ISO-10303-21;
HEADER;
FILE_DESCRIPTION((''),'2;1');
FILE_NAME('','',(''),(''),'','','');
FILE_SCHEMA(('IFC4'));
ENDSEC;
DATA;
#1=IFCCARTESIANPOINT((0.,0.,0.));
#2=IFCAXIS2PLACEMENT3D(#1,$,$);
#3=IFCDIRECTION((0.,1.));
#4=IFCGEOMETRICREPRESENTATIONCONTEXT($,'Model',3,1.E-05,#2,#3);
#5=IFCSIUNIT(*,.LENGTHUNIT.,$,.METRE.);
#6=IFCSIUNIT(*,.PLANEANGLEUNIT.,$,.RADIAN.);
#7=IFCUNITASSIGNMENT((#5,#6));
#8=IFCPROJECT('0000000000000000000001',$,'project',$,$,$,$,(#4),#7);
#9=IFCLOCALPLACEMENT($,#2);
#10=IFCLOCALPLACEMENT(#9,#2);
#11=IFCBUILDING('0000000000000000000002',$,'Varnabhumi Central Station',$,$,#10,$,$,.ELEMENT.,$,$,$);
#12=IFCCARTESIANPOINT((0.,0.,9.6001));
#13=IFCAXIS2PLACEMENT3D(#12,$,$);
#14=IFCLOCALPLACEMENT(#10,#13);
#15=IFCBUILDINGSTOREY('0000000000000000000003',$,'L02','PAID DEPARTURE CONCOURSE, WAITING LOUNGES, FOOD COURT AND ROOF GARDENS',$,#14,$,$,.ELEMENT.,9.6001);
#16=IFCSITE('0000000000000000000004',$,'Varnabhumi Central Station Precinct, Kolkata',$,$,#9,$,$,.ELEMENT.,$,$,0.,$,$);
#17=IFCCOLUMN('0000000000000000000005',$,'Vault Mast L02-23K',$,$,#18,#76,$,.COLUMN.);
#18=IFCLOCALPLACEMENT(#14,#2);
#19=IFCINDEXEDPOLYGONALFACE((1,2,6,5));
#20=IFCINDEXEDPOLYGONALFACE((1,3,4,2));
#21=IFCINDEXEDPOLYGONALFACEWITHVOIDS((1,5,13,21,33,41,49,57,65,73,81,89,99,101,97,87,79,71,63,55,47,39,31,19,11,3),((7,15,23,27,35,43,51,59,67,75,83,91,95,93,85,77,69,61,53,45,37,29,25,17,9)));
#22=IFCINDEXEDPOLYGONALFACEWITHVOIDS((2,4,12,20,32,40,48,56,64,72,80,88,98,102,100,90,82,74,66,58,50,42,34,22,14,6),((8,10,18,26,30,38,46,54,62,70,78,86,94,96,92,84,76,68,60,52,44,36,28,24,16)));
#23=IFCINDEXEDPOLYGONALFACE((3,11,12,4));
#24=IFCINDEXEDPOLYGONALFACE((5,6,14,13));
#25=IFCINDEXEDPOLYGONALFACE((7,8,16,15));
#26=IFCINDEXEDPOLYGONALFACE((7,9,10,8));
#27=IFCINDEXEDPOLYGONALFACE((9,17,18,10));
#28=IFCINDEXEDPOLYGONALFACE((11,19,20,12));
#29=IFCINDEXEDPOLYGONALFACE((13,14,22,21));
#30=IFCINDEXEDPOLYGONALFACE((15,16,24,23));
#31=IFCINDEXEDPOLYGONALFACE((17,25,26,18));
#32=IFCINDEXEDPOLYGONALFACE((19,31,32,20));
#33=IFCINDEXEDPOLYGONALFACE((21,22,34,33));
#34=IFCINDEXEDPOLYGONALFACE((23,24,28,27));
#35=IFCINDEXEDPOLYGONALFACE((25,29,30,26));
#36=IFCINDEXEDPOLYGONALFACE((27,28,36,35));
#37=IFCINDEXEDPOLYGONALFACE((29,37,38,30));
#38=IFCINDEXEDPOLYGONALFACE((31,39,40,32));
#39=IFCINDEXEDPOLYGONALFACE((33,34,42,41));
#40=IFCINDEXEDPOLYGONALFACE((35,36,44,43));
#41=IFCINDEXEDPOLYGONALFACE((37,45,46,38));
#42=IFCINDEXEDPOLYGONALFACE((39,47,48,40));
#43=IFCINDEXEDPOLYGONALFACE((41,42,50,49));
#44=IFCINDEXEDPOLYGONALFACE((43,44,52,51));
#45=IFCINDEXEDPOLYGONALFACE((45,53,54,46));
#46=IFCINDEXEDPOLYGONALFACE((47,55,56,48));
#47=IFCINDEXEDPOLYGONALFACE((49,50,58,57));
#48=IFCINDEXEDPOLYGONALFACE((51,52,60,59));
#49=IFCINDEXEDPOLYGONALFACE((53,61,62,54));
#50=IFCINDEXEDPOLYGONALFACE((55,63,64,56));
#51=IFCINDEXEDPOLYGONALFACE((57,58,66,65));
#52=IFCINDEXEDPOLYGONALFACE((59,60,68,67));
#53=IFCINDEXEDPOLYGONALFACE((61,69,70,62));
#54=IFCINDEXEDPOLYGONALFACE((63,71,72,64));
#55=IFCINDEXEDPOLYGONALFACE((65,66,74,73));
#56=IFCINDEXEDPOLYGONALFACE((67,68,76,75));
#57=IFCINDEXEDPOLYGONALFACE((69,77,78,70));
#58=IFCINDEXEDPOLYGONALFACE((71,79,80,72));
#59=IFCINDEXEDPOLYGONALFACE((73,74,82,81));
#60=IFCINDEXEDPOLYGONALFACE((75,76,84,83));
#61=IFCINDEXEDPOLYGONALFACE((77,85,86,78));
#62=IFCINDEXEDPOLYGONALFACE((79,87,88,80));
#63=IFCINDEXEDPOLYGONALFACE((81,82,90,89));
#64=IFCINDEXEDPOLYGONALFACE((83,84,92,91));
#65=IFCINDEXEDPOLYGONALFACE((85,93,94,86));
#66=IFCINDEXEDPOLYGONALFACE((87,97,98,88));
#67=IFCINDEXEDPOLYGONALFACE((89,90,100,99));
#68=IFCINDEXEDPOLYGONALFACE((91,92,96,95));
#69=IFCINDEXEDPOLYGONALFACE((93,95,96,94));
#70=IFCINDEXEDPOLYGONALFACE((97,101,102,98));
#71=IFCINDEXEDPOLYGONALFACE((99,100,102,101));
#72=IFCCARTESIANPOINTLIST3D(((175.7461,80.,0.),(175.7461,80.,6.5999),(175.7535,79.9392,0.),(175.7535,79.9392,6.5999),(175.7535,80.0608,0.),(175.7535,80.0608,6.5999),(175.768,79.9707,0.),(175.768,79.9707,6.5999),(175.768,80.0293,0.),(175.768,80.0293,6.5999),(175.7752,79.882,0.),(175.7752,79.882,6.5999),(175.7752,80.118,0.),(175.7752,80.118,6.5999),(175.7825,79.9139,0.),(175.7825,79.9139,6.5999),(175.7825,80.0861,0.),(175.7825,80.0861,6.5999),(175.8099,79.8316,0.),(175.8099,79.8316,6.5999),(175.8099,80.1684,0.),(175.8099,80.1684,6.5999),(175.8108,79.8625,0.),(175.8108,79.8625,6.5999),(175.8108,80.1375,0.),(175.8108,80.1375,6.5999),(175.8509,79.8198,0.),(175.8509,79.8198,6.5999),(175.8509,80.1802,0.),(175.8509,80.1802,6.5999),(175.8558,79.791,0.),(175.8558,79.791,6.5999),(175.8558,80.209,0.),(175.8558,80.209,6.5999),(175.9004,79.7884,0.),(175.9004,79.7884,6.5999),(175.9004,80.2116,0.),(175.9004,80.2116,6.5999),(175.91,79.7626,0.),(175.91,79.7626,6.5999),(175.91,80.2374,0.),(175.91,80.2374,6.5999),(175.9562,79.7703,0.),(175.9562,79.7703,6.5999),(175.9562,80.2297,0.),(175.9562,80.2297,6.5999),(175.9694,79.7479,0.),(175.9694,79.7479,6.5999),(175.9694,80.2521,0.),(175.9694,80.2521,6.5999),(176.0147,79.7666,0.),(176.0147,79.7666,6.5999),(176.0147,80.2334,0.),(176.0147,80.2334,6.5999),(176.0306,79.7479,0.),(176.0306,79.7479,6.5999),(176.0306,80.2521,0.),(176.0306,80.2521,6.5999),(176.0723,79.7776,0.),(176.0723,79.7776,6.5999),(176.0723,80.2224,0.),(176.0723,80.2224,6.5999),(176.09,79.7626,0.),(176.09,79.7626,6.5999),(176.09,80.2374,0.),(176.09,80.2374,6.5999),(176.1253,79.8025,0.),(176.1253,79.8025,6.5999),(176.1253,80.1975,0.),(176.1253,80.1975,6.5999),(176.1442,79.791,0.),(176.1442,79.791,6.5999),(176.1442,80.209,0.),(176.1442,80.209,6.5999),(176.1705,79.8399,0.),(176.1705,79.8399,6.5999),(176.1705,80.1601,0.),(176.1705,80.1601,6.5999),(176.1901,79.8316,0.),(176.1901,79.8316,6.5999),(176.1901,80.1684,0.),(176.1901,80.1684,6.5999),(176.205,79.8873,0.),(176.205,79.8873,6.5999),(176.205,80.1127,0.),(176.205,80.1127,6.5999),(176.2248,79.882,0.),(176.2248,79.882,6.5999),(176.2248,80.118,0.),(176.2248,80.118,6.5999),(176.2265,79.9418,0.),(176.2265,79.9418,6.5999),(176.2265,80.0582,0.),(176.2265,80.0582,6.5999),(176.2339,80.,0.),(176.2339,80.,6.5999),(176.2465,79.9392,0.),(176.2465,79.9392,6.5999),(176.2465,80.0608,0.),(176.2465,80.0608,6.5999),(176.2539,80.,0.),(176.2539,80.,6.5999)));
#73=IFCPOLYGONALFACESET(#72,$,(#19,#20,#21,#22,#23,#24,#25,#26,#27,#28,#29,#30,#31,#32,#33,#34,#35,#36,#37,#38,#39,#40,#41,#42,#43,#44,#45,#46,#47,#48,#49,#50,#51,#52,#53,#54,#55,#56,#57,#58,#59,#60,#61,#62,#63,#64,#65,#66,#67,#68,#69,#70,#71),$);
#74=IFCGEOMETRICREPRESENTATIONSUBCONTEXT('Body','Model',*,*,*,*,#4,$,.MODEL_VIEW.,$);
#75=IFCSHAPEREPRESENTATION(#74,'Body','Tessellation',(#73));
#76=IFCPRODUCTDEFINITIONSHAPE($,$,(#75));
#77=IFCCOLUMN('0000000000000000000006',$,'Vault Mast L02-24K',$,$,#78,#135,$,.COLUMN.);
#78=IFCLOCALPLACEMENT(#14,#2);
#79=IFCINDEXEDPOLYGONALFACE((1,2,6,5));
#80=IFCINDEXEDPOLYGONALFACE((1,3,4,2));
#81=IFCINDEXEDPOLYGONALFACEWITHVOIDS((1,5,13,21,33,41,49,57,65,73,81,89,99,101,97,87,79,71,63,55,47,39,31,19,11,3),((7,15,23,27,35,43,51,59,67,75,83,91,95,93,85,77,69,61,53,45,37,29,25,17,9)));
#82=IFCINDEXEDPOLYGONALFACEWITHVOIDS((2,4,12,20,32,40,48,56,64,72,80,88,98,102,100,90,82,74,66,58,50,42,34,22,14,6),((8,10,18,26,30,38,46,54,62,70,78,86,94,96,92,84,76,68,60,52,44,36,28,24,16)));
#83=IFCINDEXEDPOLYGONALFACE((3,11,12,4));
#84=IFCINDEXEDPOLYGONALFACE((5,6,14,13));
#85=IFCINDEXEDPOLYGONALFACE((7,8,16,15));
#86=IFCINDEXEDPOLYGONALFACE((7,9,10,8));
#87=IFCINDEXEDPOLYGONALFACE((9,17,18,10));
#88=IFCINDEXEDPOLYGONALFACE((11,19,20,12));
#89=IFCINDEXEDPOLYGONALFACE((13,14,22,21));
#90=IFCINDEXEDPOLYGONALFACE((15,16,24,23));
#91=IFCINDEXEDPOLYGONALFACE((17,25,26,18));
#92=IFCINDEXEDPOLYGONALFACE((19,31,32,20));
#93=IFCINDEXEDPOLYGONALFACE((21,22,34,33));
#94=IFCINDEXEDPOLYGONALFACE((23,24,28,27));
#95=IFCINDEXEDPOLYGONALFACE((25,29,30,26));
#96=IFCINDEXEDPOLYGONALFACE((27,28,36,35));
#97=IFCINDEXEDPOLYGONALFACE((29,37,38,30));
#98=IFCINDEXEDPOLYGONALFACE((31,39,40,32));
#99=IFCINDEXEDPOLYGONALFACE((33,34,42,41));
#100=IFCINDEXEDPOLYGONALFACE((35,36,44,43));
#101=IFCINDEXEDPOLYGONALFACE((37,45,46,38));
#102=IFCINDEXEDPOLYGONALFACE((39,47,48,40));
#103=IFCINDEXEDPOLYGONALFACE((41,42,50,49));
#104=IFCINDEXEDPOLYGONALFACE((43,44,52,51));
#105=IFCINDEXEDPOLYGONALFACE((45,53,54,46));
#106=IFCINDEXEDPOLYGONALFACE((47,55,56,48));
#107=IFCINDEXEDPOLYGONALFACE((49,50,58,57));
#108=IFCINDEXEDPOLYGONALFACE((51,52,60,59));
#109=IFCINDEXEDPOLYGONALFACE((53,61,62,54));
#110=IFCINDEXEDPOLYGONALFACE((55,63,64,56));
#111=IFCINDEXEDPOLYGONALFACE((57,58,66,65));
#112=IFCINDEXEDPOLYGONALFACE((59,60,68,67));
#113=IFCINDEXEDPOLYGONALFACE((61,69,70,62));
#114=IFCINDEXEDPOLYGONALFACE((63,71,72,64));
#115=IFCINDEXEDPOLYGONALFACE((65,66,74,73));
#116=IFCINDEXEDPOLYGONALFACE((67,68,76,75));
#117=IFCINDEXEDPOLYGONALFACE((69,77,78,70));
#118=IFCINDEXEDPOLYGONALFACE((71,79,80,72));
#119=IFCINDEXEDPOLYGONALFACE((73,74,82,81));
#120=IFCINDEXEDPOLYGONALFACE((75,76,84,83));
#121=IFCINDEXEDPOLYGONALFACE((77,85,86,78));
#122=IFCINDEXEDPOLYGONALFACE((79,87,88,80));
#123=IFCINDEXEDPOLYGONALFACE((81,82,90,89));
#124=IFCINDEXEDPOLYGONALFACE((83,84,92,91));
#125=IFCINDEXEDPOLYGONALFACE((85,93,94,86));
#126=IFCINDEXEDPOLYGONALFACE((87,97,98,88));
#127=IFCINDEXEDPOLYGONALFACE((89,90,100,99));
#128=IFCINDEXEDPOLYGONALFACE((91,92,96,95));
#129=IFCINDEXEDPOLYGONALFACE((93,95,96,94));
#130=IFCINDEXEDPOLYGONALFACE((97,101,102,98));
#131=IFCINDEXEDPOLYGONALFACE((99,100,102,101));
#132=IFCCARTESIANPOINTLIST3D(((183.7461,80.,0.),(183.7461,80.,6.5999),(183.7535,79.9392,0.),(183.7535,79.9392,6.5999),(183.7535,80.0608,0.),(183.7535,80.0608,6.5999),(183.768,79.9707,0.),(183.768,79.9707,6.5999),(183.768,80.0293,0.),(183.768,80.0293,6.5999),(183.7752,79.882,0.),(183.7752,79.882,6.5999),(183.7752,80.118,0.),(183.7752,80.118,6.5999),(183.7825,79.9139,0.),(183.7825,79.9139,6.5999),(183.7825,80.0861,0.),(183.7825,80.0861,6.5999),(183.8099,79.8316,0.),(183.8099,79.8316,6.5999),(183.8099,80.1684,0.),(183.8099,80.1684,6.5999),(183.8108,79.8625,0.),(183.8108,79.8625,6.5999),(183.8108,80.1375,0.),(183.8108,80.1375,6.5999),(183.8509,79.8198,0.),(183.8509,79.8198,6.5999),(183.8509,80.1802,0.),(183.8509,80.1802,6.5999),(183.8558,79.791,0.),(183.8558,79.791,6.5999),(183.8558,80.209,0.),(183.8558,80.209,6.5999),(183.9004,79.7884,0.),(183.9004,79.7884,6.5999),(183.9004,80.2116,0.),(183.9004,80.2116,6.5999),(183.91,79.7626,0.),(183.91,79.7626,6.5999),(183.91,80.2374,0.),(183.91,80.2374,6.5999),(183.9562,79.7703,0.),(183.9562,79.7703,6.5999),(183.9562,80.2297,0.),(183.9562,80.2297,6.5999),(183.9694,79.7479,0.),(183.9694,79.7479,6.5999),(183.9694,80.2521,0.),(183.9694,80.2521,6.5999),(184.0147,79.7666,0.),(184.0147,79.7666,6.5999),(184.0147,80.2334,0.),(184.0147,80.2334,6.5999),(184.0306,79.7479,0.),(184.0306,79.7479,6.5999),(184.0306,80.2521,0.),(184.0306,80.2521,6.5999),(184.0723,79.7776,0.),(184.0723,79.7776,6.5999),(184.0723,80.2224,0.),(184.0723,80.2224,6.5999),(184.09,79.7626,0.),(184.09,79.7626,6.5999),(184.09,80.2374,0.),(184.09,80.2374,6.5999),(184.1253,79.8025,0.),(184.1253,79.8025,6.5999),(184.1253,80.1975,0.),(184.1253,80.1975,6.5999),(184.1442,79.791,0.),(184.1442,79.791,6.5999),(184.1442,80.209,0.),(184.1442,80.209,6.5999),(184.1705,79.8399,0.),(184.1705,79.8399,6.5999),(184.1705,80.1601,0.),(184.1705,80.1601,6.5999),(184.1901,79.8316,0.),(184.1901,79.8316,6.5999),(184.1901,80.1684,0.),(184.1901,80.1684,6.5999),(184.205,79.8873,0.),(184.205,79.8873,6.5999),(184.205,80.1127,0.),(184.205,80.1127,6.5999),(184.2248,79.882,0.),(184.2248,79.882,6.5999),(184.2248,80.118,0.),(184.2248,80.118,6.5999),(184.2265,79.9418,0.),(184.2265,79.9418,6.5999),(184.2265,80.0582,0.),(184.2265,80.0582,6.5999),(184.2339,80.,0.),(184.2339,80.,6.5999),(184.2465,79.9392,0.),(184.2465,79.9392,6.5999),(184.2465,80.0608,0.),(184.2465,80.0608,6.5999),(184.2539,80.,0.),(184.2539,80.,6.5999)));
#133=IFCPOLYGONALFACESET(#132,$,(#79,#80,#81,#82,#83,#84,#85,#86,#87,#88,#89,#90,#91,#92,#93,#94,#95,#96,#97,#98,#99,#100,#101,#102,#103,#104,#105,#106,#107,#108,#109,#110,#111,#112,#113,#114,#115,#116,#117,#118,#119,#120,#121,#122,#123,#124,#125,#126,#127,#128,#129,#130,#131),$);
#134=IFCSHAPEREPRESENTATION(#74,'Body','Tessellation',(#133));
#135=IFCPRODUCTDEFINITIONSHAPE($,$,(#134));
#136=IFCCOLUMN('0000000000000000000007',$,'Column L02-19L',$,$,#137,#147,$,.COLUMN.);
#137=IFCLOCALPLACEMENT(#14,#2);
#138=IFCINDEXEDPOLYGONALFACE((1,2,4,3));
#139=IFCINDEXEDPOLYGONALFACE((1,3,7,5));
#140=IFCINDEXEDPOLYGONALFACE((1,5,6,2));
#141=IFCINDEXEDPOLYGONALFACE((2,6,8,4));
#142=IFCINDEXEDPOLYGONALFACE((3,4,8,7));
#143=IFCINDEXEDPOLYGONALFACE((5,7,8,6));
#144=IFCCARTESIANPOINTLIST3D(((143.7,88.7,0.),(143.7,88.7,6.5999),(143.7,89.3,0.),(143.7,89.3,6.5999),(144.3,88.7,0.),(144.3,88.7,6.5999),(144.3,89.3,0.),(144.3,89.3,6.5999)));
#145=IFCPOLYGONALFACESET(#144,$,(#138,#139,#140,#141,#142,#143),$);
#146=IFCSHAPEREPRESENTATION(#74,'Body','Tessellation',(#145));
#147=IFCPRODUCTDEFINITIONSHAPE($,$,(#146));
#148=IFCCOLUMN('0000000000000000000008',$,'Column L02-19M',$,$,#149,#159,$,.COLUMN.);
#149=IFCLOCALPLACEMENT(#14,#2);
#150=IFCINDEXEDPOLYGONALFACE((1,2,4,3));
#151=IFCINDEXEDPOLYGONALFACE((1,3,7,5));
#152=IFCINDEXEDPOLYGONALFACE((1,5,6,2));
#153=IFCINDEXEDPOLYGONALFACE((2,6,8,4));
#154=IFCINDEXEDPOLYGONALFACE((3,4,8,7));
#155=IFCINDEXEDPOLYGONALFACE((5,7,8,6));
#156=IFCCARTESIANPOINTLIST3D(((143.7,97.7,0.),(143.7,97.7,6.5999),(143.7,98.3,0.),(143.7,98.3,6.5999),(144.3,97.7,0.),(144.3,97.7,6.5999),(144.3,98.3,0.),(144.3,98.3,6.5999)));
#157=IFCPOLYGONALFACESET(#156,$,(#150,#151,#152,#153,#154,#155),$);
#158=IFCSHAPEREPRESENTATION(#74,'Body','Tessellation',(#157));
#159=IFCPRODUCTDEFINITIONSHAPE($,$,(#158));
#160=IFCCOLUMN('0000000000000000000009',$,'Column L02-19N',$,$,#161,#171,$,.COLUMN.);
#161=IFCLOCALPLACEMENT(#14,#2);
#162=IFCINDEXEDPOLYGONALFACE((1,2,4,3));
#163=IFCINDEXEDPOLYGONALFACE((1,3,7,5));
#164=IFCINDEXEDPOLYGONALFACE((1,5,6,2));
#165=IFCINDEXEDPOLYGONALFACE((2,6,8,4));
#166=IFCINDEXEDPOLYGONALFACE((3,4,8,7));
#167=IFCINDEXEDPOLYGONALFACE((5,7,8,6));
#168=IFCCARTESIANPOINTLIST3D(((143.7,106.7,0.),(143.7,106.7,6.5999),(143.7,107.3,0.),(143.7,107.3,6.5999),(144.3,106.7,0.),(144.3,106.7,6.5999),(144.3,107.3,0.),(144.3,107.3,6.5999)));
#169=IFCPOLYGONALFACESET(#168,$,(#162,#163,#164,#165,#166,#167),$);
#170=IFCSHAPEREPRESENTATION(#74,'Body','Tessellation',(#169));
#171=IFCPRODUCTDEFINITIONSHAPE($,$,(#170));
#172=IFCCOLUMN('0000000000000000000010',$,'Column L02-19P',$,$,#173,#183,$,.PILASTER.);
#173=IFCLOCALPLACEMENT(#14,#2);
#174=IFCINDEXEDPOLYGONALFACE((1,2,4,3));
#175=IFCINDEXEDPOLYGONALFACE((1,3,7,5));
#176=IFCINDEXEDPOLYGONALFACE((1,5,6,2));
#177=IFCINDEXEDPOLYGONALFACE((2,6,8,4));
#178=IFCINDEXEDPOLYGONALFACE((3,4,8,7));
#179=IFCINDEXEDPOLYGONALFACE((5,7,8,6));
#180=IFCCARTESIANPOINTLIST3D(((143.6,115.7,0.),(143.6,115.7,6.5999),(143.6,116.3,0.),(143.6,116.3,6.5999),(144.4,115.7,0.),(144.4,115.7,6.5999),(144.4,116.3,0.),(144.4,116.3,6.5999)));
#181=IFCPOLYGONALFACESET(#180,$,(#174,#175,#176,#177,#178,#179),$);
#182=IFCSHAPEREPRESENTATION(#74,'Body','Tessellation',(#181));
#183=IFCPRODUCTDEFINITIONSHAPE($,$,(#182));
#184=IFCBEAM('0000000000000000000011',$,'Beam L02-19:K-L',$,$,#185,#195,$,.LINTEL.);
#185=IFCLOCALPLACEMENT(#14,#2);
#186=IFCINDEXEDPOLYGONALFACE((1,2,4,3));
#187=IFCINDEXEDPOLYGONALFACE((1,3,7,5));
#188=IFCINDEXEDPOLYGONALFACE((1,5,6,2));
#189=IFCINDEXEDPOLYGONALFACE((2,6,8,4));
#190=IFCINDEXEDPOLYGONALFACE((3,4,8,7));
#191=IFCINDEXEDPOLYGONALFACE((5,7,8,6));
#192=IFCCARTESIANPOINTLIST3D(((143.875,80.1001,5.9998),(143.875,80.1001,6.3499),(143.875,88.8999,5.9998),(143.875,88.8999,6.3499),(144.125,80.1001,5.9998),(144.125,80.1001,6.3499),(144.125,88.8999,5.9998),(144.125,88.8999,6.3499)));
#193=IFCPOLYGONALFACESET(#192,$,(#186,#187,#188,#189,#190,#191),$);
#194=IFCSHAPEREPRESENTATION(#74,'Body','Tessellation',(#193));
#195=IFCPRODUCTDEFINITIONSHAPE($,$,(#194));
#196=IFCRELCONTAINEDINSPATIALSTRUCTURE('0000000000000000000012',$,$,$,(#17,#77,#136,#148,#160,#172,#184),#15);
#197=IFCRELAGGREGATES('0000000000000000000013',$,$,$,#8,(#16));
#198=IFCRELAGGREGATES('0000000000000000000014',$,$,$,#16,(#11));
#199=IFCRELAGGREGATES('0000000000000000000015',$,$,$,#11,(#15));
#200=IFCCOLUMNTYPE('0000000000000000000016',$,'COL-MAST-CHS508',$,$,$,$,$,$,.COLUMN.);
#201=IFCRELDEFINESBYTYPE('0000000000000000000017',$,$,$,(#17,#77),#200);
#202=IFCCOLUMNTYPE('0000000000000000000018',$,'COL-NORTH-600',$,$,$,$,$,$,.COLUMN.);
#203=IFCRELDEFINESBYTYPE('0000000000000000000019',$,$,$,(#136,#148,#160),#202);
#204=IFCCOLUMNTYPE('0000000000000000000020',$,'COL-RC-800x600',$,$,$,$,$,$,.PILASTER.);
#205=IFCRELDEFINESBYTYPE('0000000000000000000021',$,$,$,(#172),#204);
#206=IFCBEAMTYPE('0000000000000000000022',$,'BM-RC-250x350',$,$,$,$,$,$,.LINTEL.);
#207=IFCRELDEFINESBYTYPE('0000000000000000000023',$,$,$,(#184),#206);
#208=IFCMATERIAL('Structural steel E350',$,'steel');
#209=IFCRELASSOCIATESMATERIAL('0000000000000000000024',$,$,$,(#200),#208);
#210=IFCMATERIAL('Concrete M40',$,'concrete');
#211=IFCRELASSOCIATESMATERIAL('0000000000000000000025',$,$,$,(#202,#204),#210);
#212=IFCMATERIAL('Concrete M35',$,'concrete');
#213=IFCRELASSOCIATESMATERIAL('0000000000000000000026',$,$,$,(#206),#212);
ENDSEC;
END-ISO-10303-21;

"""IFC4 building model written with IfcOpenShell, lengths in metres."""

from ifc_helpers import new_model, si_unit, direction, frame, origin, origin_2d, place, context, subcontext, project, spatial, rectangle, hollow_circle, extrude, material, material_profile, profile_set, type_object, element, save


model = new_model("IFC4")

# Units and contexts
model_context = context("Model", 3, precision=1e-05, world=origin(), true_north=direction((0.0, 1.0)))
body_context = subcontext(model_context, "Body", "Model", "MODEL_VIEW")
ifc_project = project(units=[si_unit("LENGTHUNIT", "METRE"), si_unit("PLANEANGLEUNIT", "RADIAN")], contexts=[model_context])

# Site, building, storey
site_placement = place(None, origin())
site = spatial("IfcSite", under=ifc_project, at=site_placement, Name="Varnabhumi Central Station Precinct, Kolkata", CompositionType="ELEMENT", RefElevation=0.0)
building_placement = place(site_placement, origin())
building = spatial("IfcBuilding", under=site, at=building_placement, Name="Varnabhumi Central Station", CompositionType="ELEMENT")
storey_placement = place(building_placement, frame((0.0, 0.0, 9.6001)))
storey = spatial("IfcBuildingStorey", under=building, at=storey_placement, Name="L02", Description="PAID DEPARTURE CONCOURSE, WAITING LOUNGES, FOOD COURT AND ROOF GARDENS", CompositionType="ELEMENT", Elevation=9.6001)

# Columns
ifc_material_1 = material(Name="Structural steel E350", Category="steel")
ifc_material_profile_1 = material_profile(ifc_material_1, hollow_circle(Radius=0.2539, WallThickness=0.02, at=origin_2d()), Name="Structural steel E350", Category="steel")
ifc_profile_set_1 = profile_set([ifc_material_profile_1], Name="Structural steel E350")
column_type_1 = type_object("IfcColumnType", Name="COL-MAST-CHS508", PredefinedType="COLUMN", material=ifc_profile_set_1)
for number, where, z_axis, x_axis, name in (
    (1, (176.0, 80.0, 0.0), (0.0, 0.0, 1.0), (1.0, 0.0, 0.0), "Vault Mast L02-23K"),
    (2, (184.0, 80.0, 0.0), (0.0, 0.0, 1.0), (1.0, 0.0, 0.0), "Vault Mast L02-24K"),
):
    element("IfcColumn", number, at=place(storey_placement, frame(where, z_axis=z_axis, x_axis=x_axis)), inside=storey, type_object=column_type_1, Name=name, PredefinedType="COLUMN", context=body_context, shape_type="SweptSolid", body=[
        extrude(hollow_circle(Radius=0.2539, WallThickness=0.02, at=origin_2d()), origin(), (0.0, 0.0, 1.0), 6.5999),
    ])
ifc_material_2 = material(Name="Concrete M40", Category="concrete")
ifc_material_profile_2 = material_profile(ifc_material_2, rectangle(XDim=0.6001, YDim=0.6001, at=origin_2d()), Name="Concrete M40", Category="concrete")
ifc_profile_set_2 = profile_set([ifc_material_profile_2], Name="Concrete M40")
column_type_2 = type_object("IfcColumnType", Name="COL-NORTH-600", PredefinedType="COLUMN", material=ifc_profile_set_2)
for number, where, z_axis, x_axis, name in (
    (3, (144.0, 89.0, 0.0), (0.0, 0.0, 1.0), (1.0, 0.0, 0.0), "Column L02-19L"),
    (4, (144.0, 98.0, 0.0), (0.0, 0.0, 1.0), (1.0, 0.0, 0.0), "Column L02-19M"),
    (5, (144.0, 107.0, 0.0), (0.0, 0.0, 1.0), (1.0, 0.0, 0.0), "Column L02-19N"),
):
    element("IfcColumn", number, at=place(storey_placement, frame(where, z_axis=z_axis, x_axis=x_axis)), inside=storey, type_object=column_type_2, Name=name, PredefinedType="COLUMN", context=body_context, shape_type="SweptSolid", body=[
        extrude(rectangle(XDim=0.6001, YDim=0.6001, at=origin_2d()), origin(), (0.0, 0.0, 1.0), 6.5999),
    ])
ifc_material_profile_3 = material_profile(ifc_material_2, rectangle(XDim=0.8, YDim=0.6001, at=origin_2d()), Name="Concrete M40", Category="concrete")
ifc_profile_set_3 = profile_set([ifc_material_profile_3], Name="Concrete M40")
column_type_3 = type_object("IfcColumnType", Name="COL-RC-800x600", PredefinedType="PILASTER", material=ifc_profile_set_3)
column_placement = place(storey_placement, frame((144.0, 116.0, 0.0), z_axis=(0.0, 0.0, 1.0), x_axis=(1.0, 0.0, 0.0)))
element("IfcColumn", 6, at=column_placement, inside=storey, type_object=column_type_3, Name="Column L02-19P", PredefinedType="PILASTER", context=body_context, shape_type="SweptSolid", body=[
    extrude(rectangle(XDim=0.8, YDim=0.6001, at=origin_2d()), origin(), (0.0, 0.0, 1.0), 6.5999),
])

# Beam
ifc_material_3 = material(Name="Concrete M35", Category="concrete")
ifc_material_profile_4 = material_profile(ifc_material_3, rectangle(XDim=0.25, YDim=0.3501, at=origin_2d()), Name="Concrete M35", Category="concrete")
ifc_profile_set_4 = profile_set([ifc_material_profile_4], Name="Concrete M35")
beam_type_1 = type_object("IfcBeamType", Name="BM-RC-250x350", PredefinedType="LINTEL", material=ifc_profile_set_4)
for number, where, z_axis, x_axis, name in (
    (7, (144.0, 80.1001, 6.1748), (0.0, 1.0, 0.0), (-1.0, 0.0, 0.0), "Beam L02-19:K-L"),
):
    element("IfcBeam", number, at=place(storey_placement, frame(where, z_axis=z_axis, x_axis=x_axis)), inside=storey, type_object=beam_type_1, Name=name, PredefinedType="LINTEL", context=body_context, shape_type="SweptSolid", body=[
        extrude(rectangle(XDim=0.25, YDim=0.3501, at=origin_2d()), origin(), (0.0, 0.0, 1.0), 8.7998),
    ])

save(model, "model.ifc")
